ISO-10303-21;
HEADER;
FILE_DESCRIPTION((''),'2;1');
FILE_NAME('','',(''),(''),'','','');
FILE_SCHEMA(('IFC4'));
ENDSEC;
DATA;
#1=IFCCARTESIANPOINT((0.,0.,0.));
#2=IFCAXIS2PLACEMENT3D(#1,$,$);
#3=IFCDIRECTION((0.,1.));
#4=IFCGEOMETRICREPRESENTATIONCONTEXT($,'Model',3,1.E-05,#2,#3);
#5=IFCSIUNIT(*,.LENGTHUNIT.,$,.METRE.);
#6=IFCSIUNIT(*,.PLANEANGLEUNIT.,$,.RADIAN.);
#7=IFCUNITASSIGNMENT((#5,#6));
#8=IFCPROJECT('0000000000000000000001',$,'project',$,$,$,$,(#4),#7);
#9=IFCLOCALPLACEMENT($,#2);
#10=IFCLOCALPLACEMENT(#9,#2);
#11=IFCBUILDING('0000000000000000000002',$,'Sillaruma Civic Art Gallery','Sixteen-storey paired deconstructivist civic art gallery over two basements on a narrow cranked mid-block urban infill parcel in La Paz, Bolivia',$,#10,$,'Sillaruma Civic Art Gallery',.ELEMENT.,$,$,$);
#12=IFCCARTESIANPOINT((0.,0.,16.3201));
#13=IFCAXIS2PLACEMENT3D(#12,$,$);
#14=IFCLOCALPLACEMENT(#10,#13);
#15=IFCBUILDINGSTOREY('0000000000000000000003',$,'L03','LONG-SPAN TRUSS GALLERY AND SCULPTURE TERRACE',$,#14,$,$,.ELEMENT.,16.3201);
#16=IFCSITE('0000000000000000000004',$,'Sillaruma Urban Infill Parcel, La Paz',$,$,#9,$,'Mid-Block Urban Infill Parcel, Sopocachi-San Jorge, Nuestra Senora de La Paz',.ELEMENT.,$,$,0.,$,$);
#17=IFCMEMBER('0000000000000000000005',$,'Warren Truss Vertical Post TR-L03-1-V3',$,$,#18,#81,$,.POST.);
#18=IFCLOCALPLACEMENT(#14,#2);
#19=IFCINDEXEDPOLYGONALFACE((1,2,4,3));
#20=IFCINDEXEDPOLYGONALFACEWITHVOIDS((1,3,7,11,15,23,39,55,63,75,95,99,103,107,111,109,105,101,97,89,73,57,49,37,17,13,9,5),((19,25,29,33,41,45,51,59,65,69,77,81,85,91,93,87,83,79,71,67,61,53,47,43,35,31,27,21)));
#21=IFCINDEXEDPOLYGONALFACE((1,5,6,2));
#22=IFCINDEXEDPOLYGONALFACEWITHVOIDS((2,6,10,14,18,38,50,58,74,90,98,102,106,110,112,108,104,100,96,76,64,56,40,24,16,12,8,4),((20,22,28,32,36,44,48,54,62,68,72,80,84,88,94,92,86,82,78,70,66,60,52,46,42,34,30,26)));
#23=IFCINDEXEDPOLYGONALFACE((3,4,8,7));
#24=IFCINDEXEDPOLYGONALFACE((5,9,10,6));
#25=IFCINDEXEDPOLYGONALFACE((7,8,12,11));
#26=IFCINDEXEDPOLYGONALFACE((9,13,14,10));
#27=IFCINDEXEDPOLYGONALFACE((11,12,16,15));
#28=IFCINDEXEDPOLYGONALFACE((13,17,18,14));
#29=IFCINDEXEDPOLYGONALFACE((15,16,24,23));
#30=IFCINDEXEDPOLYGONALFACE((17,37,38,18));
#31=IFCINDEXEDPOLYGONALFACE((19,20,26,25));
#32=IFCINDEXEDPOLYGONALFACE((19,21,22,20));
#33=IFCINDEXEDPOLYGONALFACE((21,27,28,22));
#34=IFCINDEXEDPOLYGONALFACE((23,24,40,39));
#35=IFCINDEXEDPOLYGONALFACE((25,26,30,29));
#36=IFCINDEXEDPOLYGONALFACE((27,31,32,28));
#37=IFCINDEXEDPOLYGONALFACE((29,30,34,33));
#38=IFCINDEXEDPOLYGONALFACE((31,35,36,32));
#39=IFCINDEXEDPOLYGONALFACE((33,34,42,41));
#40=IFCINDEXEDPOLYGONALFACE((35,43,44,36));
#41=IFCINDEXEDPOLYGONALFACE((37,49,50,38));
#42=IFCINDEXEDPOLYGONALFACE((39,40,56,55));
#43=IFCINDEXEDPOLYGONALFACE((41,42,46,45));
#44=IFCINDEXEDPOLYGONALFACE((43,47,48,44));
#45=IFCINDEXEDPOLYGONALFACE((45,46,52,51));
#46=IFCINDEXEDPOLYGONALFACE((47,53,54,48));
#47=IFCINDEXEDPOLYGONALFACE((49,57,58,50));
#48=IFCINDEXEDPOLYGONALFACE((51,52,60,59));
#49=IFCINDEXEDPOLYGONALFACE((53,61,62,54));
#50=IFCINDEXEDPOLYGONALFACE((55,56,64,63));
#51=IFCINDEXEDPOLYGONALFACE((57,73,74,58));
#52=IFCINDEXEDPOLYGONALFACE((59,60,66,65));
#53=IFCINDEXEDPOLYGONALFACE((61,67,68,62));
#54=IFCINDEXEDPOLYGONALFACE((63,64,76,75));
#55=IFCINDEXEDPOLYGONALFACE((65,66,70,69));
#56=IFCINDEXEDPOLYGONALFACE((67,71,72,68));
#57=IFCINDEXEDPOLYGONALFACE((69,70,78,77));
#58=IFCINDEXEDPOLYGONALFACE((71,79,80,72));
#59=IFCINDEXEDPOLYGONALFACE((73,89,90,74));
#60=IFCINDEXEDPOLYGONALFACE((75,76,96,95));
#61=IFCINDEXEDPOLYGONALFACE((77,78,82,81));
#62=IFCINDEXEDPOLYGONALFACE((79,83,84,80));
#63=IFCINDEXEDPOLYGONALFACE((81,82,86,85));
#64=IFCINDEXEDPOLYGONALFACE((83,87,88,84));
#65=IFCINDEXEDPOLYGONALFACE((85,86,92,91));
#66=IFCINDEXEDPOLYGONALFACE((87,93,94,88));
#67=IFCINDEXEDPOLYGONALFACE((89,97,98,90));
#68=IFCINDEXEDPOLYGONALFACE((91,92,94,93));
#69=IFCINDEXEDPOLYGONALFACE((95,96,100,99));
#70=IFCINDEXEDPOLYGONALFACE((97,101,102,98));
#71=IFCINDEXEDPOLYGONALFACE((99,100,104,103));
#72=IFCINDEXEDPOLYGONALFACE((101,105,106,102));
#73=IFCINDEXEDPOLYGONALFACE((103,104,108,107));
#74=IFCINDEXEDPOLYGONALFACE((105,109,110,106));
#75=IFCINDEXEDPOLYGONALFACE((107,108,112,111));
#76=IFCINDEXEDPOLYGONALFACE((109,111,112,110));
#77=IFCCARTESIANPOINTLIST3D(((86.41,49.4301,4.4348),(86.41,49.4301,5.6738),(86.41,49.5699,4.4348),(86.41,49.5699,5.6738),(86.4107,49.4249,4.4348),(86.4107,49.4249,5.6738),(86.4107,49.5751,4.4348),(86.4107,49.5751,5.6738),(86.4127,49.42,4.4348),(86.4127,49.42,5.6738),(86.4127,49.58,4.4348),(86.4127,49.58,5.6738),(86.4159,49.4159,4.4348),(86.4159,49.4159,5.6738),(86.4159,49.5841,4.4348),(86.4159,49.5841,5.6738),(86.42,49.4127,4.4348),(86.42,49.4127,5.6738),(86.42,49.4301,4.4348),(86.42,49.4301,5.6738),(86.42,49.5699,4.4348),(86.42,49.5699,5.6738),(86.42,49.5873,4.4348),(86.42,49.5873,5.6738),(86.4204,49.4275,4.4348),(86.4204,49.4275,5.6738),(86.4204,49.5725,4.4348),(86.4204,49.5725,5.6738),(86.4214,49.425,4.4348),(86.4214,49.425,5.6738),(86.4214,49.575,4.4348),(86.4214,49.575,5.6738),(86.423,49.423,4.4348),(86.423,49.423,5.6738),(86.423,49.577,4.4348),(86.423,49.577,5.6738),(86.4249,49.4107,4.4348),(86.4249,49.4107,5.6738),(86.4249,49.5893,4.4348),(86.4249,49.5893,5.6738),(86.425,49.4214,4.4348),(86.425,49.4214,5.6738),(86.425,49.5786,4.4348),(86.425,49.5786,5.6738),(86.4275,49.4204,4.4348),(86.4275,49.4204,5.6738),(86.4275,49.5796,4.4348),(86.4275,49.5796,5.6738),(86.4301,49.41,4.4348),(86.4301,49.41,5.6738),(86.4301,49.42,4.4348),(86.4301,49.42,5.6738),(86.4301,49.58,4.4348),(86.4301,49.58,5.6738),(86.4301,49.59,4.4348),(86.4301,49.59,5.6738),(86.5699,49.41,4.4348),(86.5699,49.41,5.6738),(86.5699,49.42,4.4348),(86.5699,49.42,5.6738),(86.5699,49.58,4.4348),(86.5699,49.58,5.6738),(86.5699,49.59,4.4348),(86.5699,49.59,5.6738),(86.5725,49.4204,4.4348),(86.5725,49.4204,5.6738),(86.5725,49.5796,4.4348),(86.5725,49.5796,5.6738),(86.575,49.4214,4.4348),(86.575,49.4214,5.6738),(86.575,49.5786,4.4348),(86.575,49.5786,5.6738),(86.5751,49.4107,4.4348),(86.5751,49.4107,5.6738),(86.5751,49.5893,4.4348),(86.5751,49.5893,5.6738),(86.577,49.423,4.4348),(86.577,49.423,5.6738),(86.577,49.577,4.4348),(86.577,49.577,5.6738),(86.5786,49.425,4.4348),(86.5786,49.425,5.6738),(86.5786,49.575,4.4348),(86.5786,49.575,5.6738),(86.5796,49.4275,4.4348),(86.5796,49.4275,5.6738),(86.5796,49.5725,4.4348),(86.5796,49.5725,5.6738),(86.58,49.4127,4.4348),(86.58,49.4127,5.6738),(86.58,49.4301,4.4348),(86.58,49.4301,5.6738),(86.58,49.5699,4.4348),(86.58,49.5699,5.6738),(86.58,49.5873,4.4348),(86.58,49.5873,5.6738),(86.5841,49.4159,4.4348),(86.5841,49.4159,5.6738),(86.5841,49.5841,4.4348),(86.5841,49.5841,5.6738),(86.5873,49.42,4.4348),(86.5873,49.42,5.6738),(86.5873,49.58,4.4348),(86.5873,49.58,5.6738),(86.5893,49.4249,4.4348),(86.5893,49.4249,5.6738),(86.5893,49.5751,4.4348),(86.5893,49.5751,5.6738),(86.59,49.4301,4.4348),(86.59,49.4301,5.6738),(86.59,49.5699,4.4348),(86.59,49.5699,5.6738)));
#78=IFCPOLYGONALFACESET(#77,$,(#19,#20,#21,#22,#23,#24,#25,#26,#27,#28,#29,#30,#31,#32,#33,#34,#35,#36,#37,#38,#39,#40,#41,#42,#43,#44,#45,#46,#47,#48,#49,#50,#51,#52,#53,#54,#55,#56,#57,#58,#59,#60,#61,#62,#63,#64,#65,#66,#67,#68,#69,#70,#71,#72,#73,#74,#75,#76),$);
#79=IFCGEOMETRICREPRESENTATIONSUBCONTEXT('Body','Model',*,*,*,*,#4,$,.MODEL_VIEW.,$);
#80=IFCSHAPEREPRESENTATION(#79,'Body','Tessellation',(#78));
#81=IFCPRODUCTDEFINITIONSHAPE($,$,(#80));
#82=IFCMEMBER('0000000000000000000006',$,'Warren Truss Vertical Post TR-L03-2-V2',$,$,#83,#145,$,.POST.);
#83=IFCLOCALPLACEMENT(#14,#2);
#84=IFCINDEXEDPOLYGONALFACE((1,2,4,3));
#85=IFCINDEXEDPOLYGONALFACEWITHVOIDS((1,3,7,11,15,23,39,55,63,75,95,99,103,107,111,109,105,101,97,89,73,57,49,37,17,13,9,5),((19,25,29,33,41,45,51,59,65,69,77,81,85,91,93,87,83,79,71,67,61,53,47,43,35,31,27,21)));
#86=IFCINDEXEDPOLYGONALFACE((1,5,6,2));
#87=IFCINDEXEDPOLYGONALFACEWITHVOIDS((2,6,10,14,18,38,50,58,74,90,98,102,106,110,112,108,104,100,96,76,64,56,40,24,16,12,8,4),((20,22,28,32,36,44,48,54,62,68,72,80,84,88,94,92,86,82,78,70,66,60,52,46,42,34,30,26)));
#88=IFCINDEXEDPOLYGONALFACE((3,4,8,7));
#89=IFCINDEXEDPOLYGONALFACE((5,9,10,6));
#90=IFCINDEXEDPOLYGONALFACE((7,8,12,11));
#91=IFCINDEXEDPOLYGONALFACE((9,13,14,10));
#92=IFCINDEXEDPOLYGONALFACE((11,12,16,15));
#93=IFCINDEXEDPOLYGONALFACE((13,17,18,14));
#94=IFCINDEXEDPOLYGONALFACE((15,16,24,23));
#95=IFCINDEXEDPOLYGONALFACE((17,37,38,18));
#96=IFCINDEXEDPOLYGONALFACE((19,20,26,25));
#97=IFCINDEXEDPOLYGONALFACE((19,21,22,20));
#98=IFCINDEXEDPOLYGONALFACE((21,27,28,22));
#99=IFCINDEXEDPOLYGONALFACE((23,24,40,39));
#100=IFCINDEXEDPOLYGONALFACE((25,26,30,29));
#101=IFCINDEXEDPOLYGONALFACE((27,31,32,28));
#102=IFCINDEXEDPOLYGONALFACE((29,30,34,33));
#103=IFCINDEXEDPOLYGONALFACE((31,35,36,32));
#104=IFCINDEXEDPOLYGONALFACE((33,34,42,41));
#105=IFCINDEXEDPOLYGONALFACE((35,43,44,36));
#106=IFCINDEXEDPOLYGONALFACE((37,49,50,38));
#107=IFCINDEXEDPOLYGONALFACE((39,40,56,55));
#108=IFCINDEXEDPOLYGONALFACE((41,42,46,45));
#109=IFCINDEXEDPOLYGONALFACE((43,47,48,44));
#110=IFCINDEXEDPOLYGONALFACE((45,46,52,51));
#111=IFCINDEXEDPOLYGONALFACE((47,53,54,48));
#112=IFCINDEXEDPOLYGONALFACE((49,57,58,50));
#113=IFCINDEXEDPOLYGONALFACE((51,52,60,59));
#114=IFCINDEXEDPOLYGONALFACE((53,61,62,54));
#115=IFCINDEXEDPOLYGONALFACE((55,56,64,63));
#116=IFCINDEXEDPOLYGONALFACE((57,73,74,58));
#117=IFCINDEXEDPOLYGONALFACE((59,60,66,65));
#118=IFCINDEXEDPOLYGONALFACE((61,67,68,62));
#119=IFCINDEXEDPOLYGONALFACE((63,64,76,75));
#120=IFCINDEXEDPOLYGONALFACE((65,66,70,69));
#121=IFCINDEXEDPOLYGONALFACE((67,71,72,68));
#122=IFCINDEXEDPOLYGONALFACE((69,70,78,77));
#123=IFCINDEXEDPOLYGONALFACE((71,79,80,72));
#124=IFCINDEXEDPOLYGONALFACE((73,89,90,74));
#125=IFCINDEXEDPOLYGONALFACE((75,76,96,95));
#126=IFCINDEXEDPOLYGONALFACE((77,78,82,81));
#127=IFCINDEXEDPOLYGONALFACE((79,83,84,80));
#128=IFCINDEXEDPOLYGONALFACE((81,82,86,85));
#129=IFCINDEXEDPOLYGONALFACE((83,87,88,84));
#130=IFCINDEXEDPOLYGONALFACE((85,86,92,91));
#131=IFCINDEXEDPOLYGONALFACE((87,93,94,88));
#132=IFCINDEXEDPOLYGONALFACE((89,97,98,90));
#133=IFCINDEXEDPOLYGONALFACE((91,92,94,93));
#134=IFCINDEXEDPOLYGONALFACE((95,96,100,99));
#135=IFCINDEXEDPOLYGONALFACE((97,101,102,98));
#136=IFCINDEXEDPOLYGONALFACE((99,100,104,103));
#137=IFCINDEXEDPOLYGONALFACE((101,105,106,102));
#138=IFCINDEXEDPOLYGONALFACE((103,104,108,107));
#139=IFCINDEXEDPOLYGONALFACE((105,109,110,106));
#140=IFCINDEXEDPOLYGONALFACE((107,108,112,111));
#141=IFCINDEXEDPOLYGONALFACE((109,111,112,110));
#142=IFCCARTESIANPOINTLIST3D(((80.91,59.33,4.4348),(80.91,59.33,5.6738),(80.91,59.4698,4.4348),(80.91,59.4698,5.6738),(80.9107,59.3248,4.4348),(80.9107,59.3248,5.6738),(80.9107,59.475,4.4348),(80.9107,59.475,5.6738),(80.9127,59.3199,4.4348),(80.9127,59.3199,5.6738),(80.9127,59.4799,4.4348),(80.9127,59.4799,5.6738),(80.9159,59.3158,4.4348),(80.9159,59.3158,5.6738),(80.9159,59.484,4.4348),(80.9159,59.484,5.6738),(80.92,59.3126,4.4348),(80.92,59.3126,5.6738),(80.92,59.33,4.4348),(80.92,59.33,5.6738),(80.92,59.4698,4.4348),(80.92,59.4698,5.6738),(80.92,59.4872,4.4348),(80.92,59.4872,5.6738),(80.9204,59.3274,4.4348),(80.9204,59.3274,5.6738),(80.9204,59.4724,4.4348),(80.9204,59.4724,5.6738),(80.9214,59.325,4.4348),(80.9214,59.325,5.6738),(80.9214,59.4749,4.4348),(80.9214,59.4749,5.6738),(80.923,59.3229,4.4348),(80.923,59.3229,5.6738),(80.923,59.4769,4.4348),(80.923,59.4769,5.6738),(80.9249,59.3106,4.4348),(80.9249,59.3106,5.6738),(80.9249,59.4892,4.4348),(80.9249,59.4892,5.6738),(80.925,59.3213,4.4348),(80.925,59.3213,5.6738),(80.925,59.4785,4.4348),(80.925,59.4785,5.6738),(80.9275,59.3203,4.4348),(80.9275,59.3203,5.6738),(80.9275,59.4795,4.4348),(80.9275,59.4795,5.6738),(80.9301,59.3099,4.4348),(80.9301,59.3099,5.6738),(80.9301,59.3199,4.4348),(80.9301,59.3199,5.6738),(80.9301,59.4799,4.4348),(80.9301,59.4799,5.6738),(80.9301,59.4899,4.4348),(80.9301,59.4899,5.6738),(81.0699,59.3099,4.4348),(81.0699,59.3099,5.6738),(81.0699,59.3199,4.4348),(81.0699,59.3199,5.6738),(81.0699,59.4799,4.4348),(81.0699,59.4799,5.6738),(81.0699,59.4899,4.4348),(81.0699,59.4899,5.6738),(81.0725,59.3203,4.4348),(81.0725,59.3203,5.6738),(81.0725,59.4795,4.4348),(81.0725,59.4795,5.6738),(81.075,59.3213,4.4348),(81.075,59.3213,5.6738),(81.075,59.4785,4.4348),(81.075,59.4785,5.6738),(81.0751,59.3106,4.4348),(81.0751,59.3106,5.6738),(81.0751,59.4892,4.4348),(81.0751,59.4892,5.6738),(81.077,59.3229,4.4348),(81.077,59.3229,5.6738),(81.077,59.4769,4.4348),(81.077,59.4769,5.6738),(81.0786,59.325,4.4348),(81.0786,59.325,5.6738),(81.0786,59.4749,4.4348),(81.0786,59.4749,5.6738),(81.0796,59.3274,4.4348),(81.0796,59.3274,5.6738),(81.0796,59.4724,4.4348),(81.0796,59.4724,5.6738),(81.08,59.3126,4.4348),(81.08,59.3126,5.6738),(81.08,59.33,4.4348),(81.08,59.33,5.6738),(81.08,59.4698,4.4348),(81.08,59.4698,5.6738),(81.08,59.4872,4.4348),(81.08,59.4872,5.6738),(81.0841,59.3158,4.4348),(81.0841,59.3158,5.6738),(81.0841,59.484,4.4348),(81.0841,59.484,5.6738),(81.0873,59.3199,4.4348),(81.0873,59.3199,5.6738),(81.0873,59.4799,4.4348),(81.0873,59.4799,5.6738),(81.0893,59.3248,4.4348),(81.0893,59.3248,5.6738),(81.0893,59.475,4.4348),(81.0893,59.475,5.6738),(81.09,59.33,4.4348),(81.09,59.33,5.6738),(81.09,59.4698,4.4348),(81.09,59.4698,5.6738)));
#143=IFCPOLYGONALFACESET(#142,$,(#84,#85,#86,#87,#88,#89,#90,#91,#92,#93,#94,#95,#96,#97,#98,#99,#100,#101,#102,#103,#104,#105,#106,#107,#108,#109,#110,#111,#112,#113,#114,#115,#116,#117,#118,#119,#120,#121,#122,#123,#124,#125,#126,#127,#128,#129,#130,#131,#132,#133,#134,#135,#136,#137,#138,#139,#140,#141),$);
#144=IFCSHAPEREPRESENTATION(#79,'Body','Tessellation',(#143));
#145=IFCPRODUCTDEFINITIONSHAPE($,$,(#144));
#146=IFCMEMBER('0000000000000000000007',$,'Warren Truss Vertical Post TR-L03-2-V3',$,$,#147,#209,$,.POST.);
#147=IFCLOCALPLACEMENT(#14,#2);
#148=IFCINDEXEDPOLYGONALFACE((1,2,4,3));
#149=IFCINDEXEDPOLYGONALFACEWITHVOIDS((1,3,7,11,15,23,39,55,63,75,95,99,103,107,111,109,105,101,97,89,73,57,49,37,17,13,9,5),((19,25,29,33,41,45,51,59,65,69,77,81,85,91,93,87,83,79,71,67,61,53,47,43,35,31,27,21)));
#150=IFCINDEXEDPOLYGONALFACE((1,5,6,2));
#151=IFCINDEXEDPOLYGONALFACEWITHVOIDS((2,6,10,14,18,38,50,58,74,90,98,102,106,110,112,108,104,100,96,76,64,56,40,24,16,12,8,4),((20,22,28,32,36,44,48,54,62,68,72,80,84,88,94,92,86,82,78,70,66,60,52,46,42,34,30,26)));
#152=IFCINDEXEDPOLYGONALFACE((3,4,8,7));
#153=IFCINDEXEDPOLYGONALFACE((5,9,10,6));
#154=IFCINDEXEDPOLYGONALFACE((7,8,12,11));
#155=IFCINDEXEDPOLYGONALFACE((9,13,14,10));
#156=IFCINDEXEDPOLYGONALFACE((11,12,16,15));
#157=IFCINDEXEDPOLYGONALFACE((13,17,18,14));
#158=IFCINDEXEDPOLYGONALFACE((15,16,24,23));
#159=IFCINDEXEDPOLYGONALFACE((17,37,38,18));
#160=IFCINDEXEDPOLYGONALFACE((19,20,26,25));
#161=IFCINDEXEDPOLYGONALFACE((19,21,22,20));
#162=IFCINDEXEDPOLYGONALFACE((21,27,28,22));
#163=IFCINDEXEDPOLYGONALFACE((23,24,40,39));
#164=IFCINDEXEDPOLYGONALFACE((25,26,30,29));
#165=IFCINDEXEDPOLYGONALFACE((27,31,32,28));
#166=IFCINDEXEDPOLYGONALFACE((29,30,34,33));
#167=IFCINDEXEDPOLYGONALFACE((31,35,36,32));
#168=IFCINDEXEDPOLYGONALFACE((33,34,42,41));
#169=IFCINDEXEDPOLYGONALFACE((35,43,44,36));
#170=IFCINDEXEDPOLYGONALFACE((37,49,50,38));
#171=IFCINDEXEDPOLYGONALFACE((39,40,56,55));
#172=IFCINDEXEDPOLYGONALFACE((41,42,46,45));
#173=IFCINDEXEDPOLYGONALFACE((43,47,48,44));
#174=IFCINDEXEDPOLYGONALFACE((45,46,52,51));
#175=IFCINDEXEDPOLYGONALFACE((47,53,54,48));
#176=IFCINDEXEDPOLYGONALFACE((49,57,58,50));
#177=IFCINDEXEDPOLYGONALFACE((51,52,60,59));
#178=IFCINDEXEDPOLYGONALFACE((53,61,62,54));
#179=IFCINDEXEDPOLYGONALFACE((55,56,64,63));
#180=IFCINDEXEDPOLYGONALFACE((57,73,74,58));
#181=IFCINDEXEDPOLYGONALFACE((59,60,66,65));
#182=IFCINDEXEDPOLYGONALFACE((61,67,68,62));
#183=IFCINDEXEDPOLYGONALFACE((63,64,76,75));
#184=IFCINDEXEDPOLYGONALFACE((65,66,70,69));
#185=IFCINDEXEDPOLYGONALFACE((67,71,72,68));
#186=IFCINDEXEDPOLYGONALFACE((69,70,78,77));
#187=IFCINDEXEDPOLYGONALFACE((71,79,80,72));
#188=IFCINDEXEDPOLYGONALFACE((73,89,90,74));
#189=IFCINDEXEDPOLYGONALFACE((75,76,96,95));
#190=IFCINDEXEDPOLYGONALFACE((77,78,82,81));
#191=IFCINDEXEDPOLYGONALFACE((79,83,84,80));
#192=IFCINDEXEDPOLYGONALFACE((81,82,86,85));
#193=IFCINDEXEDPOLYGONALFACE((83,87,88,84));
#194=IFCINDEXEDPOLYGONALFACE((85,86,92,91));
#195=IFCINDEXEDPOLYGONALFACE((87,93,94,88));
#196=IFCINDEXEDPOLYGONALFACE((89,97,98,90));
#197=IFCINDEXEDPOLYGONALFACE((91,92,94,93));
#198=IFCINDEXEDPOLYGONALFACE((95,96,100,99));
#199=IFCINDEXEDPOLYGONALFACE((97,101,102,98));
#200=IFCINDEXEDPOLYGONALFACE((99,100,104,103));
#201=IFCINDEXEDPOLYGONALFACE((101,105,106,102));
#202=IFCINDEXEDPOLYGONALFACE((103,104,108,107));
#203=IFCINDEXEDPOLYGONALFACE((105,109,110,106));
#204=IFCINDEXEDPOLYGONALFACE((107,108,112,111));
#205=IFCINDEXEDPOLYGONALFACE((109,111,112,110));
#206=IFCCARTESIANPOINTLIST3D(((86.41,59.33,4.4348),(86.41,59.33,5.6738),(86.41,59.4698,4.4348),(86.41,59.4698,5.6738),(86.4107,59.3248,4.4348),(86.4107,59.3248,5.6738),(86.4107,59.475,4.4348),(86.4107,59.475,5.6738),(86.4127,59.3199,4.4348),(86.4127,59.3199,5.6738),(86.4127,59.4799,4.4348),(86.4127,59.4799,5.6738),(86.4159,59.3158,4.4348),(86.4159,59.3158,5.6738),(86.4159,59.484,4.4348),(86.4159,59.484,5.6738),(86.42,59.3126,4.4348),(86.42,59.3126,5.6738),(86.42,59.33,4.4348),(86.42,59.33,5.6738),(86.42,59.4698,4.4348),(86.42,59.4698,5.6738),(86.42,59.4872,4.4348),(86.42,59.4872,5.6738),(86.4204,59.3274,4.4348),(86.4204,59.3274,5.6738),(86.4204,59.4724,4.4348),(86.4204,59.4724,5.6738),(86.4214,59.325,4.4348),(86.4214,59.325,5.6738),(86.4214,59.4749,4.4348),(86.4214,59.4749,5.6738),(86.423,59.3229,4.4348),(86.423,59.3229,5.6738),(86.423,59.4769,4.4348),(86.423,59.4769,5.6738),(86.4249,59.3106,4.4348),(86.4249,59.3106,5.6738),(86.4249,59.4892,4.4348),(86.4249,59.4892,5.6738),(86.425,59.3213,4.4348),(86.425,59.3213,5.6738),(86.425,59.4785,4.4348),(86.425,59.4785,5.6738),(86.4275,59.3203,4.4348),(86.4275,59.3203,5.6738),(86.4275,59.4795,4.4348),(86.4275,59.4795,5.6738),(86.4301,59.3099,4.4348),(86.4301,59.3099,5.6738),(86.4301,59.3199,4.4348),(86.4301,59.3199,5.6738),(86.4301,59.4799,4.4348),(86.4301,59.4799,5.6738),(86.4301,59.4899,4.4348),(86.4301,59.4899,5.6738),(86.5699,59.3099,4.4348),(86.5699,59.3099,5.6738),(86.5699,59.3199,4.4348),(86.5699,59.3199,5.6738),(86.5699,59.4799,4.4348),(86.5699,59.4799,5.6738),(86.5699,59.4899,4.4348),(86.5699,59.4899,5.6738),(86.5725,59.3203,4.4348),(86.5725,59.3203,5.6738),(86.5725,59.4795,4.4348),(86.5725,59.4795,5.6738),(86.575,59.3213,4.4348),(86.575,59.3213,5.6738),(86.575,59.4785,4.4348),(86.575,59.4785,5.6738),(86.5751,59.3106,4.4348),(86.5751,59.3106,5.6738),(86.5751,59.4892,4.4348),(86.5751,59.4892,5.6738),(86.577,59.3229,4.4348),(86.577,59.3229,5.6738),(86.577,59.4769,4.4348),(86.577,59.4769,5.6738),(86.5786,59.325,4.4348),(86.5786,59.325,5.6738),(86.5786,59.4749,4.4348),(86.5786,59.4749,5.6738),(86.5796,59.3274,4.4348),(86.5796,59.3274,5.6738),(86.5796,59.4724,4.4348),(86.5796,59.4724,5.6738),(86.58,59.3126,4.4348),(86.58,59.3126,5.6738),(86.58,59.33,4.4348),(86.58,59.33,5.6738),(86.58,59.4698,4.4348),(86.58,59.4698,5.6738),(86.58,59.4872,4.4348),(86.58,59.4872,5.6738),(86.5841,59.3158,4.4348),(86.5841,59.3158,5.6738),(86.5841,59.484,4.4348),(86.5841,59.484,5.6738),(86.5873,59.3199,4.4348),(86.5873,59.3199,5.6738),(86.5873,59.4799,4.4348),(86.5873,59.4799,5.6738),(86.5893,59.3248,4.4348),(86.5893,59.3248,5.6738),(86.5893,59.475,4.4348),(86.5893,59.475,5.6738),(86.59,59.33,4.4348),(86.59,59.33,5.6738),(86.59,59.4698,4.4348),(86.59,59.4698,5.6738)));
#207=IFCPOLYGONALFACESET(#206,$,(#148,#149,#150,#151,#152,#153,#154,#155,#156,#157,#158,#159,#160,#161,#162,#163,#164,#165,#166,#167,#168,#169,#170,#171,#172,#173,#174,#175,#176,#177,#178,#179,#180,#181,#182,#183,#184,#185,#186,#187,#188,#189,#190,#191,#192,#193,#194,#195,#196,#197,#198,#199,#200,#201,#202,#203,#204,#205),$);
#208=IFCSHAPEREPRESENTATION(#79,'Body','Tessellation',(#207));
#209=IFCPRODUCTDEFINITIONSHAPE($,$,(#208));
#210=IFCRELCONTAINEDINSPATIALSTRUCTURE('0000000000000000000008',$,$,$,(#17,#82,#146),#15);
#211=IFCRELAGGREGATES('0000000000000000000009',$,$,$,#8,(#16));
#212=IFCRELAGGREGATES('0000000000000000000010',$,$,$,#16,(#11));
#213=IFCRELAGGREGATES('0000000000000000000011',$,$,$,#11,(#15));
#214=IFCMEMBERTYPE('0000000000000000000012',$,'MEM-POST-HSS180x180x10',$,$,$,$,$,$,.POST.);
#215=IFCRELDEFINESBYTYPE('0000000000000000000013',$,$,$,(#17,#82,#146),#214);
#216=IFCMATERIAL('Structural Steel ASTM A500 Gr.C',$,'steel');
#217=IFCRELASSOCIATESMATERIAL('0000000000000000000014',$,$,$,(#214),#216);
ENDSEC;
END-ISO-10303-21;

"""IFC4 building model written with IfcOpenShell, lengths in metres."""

from ifc_helpers import new_model, si_unit, direction, frame, origin, origin_2d, place, context, subcontext, project, spatial, hollow_rectangle, extrude, material, material_profile, profile_set, type_object, element, save


model = new_model("IFC4")

# Units and contexts
model_context = context("Model", 3, precision=1e-05, world=origin(), true_north=direction((0.0, 1.0)))
body_context = subcontext(model_context, "Body", "Model", "MODEL_VIEW")
ifc_project = project(units=[si_unit("LENGTHUNIT", "METRE"), si_unit("PLANEANGLEUNIT", "RADIAN")], contexts=[model_context])

# Site, building, storey
site_placement = place(None, origin())
site = spatial("IfcSite", under=ifc_project, at=site_placement, Name="Sillaruma Urban Infill Parcel, La Paz", LongName="Mid-Block Urban Infill Parcel, Sopocachi-San Jorge, Nuestra Senora de La Paz", CompositionType="ELEMENT", RefElevation=0.0)
building_placement = place(site_placement, origin())
building = spatial("IfcBuilding", under=site, at=building_placement, Name="Sillaruma Civic Art Gallery", Description="Sixteen-storey paired deconstructivist civic art gallery over two basements on a narrow cranked mid-block urban infill parcel in La Paz, Bolivia", LongName="Sillaruma Civic Art Gallery", CompositionType="ELEMENT")
storey_placement = place(building_placement, frame((0.0, 0.0, 16.3201)))
storey = spatial("IfcBuildingStorey", under=building, at=storey_placement, Name="L03", Description="LONG-SPAN TRUSS GALLERY AND SCULPTURE TERRACE", CompositionType="ELEMENT", Elevation=16.3201)

# Members
ifc_material_1 = material(Name="Structural Steel ASTM A500 Gr.C", Category="steel")
ifc_material_profile_1 = material_profile(ifc_material_1, hollow_rectangle(XDim=0.1799, YDim=0.1799, WallThickness=0.01, InnerFilletRadius=0.01, OuterFilletRadius=0.02, at=origin_2d()), Name="HSS180x180x10")
ifc_profile_set_1 = profile_set([ifc_material_profile_1], Name="Structural Steel ASTM A500 Gr.C")
member_type_1 = type_object("IfcMemberType", Name="MEM-POST-HSS180x180x10", PredefinedType="POST", material=ifc_profile_set_1)
for number, where, z_axis, x_axis, name in (
    (1, (86.5, 49.5, 4.4348), (0.0, 0.0, 1.0), (1.0, 0.0, 0.0), "Warren Truss Vertical Post TR-L03-1-V3"),
    (2, (81.0, 59.3999, 4.4348), (0.0, 0.0, 1.0), (1.0, 0.0, 0.0), "Warren Truss Vertical Post TR-L03-2-V2"),
    (3, (86.5, 59.3999, 4.4348), (0.0, 0.0, 1.0), (1.0, 0.0, 0.0), "Warren Truss Vertical Post TR-L03-2-V3"),
):
    element("IfcMember", number, at=place(storey_placement, frame(where, z_axis=z_axis, x_axis=x_axis)), inside=storey, type_object=member_type_1, Name=name, PredefinedType="POST", context=body_context, shape_type="SweptSolid", body=[
        extrude(hollow_rectangle(XDim=0.1799, YDim=0.1799, WallThickness=0.01, InnerFilletRadius=0.01, OuterFilletRadius=0.02, at=origin_2d()), origin(), (0.0, 0.0, 1.0), 1.239),
    ])

save(model, "model.ifc")
